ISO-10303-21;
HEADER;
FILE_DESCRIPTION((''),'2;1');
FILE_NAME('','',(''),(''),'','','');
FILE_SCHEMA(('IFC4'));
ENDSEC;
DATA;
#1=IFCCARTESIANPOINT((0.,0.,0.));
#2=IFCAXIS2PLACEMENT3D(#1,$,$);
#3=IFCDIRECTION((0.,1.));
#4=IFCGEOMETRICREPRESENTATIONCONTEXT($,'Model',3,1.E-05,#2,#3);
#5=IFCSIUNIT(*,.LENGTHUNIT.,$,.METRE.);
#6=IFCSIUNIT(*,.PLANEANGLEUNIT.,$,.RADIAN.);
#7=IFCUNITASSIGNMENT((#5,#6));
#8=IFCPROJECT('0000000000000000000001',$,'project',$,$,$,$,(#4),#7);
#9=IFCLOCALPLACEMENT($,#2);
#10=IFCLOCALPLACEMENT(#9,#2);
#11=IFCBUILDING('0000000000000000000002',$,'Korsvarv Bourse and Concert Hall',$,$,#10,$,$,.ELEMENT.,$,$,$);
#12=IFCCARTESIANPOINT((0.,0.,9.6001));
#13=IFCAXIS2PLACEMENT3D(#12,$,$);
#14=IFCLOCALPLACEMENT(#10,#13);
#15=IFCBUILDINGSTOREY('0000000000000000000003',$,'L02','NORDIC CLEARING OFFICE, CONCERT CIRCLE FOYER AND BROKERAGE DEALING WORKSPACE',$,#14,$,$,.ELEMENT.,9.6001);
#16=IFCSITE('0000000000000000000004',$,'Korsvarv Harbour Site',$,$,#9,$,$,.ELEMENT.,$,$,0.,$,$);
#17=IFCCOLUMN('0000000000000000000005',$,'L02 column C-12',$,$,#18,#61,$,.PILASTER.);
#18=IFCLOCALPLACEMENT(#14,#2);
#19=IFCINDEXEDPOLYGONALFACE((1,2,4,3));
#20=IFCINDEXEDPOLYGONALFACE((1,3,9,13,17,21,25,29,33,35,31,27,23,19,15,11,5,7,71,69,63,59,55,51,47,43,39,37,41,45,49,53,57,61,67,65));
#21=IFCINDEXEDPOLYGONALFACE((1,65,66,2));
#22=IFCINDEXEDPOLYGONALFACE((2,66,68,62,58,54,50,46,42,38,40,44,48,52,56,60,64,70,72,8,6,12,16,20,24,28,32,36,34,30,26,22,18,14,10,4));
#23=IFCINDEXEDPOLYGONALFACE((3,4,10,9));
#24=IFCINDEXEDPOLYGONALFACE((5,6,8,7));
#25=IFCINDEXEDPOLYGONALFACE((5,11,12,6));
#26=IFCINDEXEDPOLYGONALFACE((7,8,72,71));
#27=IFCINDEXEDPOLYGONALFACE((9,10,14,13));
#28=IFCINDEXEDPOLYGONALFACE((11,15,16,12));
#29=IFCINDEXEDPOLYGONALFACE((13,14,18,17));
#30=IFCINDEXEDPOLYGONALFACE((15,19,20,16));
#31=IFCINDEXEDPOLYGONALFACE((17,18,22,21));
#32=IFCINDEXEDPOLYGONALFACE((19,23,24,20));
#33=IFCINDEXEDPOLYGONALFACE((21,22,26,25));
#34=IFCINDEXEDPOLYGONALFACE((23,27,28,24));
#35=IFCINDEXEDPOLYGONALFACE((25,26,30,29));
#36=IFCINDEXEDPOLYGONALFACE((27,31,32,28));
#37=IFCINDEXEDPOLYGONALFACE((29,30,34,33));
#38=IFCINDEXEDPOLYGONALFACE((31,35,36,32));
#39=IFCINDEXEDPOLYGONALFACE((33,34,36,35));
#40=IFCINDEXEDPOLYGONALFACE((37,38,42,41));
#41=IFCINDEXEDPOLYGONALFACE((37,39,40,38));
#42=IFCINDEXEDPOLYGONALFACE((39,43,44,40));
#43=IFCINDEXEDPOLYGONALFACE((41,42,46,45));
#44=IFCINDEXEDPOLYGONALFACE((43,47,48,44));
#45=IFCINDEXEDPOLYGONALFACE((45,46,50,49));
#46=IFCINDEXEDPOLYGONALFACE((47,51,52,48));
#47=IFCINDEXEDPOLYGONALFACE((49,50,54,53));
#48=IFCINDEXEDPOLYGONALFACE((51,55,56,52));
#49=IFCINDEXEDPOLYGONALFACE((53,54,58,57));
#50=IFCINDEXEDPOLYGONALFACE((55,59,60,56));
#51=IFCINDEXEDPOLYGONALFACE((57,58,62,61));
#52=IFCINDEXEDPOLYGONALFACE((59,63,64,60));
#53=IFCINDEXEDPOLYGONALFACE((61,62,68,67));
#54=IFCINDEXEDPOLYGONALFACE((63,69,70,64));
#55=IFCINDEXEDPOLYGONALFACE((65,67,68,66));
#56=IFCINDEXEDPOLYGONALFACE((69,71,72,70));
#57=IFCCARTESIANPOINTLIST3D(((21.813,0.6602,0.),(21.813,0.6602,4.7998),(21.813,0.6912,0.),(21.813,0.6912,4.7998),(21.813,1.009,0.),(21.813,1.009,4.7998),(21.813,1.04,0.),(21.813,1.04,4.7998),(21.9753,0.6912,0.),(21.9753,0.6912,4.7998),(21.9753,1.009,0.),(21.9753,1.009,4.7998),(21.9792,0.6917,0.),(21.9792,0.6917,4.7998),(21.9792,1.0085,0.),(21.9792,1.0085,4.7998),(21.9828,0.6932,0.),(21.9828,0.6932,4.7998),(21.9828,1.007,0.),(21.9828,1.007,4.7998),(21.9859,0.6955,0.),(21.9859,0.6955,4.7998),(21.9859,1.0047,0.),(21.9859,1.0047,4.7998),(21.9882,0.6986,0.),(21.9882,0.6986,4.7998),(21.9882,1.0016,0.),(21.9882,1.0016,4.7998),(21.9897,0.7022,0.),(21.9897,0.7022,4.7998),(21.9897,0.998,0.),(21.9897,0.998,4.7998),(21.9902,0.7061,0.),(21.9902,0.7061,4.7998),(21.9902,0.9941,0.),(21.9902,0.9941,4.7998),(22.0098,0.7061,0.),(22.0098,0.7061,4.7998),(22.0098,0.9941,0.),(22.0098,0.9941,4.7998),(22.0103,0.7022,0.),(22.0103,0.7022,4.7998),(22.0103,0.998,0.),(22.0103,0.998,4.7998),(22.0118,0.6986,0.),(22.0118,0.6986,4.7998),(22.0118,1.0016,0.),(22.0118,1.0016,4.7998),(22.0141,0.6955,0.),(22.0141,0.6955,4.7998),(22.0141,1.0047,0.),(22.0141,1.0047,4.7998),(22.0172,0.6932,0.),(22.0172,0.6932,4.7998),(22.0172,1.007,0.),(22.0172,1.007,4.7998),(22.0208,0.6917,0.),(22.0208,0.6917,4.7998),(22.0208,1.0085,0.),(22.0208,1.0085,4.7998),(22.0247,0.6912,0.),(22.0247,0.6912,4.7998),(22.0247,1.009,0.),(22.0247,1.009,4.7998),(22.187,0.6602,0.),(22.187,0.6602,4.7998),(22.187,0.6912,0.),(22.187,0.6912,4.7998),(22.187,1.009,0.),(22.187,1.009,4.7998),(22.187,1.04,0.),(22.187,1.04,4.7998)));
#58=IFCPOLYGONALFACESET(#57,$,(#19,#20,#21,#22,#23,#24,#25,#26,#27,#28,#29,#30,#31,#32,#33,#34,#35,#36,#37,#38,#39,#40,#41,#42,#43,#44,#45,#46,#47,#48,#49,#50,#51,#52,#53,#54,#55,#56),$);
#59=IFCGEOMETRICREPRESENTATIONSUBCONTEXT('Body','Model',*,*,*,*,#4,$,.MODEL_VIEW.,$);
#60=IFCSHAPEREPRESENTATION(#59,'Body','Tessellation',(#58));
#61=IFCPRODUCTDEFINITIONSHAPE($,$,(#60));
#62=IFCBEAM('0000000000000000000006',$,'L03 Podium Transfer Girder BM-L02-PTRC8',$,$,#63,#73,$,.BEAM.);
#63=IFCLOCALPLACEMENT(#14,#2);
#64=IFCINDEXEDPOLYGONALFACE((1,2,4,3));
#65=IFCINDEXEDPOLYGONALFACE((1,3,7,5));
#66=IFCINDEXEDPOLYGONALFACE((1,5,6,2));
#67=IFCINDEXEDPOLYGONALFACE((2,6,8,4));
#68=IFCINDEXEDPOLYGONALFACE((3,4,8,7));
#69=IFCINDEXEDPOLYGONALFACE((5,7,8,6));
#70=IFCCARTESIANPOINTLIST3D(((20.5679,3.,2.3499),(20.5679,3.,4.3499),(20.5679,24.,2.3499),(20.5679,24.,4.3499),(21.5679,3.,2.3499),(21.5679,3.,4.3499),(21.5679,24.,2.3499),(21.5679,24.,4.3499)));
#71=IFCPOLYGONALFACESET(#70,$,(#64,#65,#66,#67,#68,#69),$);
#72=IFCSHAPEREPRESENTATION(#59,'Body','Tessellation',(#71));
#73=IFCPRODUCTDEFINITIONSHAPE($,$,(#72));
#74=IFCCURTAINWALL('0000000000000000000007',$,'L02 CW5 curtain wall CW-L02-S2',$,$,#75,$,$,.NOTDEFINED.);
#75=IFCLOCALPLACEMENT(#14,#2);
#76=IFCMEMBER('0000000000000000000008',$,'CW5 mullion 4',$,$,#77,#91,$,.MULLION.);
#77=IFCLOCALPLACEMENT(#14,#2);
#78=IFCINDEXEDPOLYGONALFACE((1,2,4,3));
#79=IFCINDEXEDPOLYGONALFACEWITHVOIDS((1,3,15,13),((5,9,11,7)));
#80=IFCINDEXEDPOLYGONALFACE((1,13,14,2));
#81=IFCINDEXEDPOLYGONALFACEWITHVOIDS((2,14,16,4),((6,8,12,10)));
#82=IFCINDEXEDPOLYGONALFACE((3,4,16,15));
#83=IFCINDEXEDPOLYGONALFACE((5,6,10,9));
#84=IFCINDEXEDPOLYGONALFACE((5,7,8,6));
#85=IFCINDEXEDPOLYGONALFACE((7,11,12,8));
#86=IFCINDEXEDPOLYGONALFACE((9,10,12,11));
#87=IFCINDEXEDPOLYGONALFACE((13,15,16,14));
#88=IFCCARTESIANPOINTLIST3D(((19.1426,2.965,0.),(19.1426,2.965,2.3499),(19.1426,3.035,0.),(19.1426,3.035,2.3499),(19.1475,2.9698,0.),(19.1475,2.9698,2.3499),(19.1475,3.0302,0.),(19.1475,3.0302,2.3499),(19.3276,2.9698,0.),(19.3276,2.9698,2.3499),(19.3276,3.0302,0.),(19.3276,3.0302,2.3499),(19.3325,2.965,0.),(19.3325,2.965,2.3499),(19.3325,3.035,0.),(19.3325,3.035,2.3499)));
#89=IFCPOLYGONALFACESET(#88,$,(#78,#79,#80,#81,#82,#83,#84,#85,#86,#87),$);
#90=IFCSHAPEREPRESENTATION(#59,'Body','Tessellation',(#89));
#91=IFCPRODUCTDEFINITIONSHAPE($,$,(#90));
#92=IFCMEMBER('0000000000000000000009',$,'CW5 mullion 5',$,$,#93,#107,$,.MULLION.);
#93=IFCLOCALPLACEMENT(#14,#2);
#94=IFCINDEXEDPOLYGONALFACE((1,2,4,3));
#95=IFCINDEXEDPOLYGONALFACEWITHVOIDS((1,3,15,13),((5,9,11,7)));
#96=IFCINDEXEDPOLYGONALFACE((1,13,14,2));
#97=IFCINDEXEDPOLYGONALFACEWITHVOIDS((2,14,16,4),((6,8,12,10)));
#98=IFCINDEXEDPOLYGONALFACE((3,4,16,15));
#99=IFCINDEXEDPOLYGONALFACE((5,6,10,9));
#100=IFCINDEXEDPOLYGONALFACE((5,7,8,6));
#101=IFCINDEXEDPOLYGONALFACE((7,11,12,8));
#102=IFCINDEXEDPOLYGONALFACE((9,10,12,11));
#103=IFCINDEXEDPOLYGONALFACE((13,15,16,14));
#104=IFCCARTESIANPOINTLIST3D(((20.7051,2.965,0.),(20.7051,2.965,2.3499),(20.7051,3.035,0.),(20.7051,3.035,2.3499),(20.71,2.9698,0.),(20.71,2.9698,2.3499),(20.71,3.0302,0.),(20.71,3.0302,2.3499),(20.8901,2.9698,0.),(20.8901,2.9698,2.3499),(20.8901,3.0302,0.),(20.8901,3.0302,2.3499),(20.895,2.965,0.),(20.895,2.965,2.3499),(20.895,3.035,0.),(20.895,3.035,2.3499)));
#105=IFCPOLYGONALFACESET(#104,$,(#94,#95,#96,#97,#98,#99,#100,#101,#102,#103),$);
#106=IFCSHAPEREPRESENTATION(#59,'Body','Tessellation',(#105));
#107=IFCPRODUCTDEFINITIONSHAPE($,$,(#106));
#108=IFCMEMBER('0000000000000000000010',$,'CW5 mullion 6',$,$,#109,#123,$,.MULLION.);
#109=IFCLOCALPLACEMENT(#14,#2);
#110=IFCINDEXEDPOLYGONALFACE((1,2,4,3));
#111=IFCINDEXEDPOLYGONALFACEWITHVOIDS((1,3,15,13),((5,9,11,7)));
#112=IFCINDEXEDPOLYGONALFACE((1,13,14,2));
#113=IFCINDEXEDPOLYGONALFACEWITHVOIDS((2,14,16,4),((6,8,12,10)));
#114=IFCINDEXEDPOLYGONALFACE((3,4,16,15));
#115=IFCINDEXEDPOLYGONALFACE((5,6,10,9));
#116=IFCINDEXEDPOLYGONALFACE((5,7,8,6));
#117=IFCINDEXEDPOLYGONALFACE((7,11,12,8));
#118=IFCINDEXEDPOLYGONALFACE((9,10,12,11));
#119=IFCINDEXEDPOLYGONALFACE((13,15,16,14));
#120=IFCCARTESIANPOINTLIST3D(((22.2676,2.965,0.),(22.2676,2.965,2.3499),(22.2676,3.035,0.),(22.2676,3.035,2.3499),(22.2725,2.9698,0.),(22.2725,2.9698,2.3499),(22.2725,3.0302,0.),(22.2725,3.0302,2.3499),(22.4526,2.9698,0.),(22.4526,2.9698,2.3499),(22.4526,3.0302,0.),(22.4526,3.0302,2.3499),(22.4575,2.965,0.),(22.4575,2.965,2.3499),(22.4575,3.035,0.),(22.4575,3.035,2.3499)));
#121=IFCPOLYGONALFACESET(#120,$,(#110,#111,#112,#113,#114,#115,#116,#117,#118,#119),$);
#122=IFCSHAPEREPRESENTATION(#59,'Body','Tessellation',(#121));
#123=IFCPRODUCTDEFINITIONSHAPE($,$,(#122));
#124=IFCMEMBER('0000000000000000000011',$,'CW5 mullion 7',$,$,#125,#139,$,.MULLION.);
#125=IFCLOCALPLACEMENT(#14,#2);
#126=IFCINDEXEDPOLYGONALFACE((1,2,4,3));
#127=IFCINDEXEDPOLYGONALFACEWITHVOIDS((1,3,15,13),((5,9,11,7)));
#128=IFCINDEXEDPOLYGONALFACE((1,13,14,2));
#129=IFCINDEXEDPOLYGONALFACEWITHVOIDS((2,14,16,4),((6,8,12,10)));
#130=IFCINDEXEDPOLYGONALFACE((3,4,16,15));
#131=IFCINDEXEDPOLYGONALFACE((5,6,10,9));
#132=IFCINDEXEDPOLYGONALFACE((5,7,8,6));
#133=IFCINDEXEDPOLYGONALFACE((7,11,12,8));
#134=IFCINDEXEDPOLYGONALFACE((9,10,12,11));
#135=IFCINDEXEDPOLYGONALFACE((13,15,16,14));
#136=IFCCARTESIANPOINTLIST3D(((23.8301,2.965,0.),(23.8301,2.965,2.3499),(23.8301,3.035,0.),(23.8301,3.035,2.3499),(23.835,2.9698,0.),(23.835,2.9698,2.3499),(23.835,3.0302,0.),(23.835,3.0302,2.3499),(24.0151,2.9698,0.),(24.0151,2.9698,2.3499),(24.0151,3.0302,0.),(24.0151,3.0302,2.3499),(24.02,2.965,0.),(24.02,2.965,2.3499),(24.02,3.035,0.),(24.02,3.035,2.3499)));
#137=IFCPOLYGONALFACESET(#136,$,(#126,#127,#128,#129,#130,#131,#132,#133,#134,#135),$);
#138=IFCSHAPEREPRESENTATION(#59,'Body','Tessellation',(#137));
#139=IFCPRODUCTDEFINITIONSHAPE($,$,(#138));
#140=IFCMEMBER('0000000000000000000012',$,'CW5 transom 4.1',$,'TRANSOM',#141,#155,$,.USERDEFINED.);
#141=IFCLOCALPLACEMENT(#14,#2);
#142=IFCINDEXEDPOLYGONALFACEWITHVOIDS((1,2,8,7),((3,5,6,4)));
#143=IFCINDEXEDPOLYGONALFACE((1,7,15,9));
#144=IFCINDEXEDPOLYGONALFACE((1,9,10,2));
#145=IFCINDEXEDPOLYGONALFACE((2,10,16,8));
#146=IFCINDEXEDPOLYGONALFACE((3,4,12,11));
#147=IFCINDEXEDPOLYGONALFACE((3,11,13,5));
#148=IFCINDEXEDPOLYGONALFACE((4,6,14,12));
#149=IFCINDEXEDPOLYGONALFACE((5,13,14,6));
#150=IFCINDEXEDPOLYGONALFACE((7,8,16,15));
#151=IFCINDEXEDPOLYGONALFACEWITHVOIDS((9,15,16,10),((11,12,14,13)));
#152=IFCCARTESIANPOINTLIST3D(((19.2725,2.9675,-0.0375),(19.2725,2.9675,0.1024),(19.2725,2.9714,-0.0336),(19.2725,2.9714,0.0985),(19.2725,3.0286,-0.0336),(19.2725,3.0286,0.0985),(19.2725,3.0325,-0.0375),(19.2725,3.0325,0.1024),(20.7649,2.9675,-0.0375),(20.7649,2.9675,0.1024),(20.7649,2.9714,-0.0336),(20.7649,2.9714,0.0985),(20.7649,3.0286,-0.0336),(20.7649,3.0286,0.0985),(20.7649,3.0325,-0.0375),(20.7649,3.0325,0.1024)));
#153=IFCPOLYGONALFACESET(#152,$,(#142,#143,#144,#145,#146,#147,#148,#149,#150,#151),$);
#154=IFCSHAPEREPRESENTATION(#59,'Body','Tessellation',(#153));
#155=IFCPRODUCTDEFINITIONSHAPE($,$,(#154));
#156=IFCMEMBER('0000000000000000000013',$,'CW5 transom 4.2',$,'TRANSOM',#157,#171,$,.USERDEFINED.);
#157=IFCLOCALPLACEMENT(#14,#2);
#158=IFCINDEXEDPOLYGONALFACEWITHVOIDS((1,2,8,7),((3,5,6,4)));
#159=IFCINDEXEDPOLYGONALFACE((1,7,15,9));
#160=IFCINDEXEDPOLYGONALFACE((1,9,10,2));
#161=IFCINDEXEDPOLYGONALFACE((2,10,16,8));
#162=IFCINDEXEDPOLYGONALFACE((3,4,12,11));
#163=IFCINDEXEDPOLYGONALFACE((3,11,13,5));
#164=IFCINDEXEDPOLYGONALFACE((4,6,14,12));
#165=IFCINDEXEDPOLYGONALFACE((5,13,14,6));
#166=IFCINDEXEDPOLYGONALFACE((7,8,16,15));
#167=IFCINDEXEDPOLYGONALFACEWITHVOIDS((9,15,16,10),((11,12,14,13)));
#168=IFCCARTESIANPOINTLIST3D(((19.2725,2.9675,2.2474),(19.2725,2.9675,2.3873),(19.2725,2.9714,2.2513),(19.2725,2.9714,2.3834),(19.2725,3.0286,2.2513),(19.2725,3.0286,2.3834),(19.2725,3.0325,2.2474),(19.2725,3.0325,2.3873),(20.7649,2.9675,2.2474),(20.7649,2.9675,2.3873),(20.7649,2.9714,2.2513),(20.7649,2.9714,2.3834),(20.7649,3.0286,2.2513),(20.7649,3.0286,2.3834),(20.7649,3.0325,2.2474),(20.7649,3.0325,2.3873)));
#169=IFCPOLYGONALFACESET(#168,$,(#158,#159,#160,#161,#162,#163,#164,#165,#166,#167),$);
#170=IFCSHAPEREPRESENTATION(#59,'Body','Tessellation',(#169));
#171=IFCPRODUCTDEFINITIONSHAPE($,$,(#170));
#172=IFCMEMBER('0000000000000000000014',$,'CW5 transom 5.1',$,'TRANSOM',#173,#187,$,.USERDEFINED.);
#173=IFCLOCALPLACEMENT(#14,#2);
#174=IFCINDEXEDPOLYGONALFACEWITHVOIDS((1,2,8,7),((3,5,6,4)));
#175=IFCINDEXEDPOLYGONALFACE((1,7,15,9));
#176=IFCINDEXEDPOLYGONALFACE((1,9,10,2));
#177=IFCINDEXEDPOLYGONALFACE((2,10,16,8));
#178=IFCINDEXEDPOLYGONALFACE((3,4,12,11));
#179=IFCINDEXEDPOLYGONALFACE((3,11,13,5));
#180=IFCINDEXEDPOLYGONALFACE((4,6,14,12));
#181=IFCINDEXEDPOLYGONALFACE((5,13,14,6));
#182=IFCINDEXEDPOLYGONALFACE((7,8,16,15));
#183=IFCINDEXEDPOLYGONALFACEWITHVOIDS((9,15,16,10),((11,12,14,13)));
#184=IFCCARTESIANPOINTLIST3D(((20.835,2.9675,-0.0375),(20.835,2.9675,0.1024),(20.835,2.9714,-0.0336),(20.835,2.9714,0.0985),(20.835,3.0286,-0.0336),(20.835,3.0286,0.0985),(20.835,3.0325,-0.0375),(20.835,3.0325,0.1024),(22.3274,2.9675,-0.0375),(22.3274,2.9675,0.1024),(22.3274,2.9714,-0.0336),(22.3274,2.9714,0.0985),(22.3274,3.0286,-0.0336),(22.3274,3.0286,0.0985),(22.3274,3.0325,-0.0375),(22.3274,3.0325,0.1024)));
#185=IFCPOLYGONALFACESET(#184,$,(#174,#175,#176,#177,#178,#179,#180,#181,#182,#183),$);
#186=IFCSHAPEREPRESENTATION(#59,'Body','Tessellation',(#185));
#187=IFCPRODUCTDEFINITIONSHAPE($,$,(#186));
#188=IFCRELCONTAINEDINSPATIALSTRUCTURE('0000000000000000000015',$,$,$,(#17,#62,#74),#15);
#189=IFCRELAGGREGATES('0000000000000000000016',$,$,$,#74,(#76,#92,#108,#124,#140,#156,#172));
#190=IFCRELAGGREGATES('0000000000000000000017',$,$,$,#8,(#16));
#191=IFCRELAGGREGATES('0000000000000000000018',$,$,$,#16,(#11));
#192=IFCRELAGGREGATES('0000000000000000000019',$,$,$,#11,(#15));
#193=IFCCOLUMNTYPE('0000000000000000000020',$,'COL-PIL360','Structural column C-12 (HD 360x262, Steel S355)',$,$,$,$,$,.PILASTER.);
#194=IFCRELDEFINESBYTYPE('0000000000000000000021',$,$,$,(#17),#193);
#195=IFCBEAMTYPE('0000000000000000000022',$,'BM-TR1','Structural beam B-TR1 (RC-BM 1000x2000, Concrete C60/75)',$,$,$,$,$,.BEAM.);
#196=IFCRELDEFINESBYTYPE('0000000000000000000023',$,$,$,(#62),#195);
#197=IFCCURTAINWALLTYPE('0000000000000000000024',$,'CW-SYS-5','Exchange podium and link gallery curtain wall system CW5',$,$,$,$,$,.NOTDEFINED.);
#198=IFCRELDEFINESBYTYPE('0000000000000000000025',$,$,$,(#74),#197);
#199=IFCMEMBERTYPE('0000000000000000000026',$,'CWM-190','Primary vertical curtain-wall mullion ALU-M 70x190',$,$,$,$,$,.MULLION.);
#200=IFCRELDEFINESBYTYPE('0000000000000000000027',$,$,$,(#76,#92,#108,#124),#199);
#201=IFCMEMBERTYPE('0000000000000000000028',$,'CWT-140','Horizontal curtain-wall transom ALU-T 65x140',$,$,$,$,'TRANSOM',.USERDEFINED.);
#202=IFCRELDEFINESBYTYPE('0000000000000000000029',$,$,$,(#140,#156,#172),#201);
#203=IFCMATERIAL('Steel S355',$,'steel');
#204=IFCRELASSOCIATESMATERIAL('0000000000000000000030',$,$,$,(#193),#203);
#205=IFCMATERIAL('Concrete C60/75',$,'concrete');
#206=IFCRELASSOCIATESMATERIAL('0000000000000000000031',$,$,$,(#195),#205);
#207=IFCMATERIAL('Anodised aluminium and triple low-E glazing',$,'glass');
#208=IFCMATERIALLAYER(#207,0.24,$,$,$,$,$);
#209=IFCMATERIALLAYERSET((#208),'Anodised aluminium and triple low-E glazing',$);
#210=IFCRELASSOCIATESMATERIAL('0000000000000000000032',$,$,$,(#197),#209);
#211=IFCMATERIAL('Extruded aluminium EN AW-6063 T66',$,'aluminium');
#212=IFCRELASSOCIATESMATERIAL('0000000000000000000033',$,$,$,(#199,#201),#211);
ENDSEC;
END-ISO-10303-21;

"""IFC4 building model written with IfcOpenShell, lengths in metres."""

from ifc_helpers import new_model, si_unit, direction, frame, origin, origin_2d, place, context, subcontext, project, spatial, rectangle, hollow_rectangle, i_section, extrude, source, transform, mapped, material, layer, layer_set, material_profile, profile_set, type_object, element, aggregate, save


model = new_model("IFC4")

# Units and contexts
model_context = context("Model", 3, precision=1e-05, world=origin(), true_north=direction((0.0, 1.0)))
body_context = subcontext(model_context, "Body", "Model", "MODEL_VIEW")
ifc_project = project(units=[si_unit("LENGTHUNIT", "METRE"), si_unit("PLANEANGLEUNIT", "RADIAN")], contexts=[model_context])

# Site, building, storey
site_placement = place(None, origin())
site = spatial("IfcSite", under=ifc_project, at=site_placement, Name="Korsvarv Harbour Site", CompositionType="ELEMENT", RefElevation=0.0)
building_placement = place(site_placement, origin())
building = spatial("IfcBuilding", under=site, at=building_placement, Name="Korsvarv Bourse and Concert Hall", CompositionType="ELEMENT")
storey_placement = place(building_placement, frame((0.0, 0.0, 9.6001)))
storey = spatial("IfcBuildingStorey", under=building, at=storey_placement, Name="L02", Description="NORDIC CLEARING OFFICE, CONCERT CIRCLE FOYER AND BROKERAGE DEALING WORKSPACE", CompositionType="ELEMENT", Elevation=9.6001)

# Column
ifc_material_1 = material(Name="Steel S355", Category="steel")
ifc_material_profile_1 = material_profile(ifc_material_1, i_section(OverallWidth=0.374, OverallDepth=0.3799, WebThickness=0.0195, FlangeThickness=0.031, FilletRadius=0.0149, at=origin_2d()), Name="HD 360x262")
ifc_profile_set_1 = profile_set([ifc_material_profile_1], Name="Steel S355")
column_type = type_object("IfcColumnType", Name="COL-PIL360", Description="Structural column C-12 (HD 360x262, Steel S355)", PredefinedType="PILASTER", material=ifc_profile_set_1)
shared_shape_1 = source(origin(), body_context, "Body", "SweptSolid", [
    extrude(i_section(OverallWidth=0.374, OverallDepth=0.3799, WebThickness=0.0195, FlangeThickness=0.031, FilletRadius=0.0149, at=origin_2d()), origin(), (0.0, 0.0, 1.0), 4.7998),
])
column_placement = place(storey_placement, frame((22.0, 0.8501, 0.0), z_axis=(0.0, 0.0, 1.0), x_axis=(1.0, 0.0, 0.0)))
element("IfcColumn", 1, at=column_placement, inside=storey, type_object=column_type, Name="L02 column C-12", PredefinedType="PILASTER", context=body_context, shape_type="MappedRepresentation", body=[
    mapped(shared_shape_1, transform((0.0, 0.0, 0.0), scale=1.0)),
])

# Beam
ifc_material_2 = material(Name="Concrete C60/75", Category="concrete")
ifc_material_profile_2 = material_profile(ifc_material_2, rectangle(XDim=1.0, YDim=2.0, at=origin_2d()), Name="RC-BM 1000x2000")
ifc_profile_set_2 = profile_set([ifc_material_profile_2], Name="Concrete C60/75")
beam_type = type_object("IfcBeamType", Name="BM-TR1", Description="Structural beam B-TR1 (RC-BM 1000x2000, Concrete C60/75)", PredefinedType="BEAM", material=ifc_profile_set_2)
shared_shape_2 = source(origin(), body_context, "Body", "SweptSolid", [
    extrude(rectangle(XDim=1.0, YDim=2.0, at=origin_2d()), origin(), (0.0, 0.0, 1.0), 21.0),
])
beam_placement = place(storey_placement, frame((21.0679, 3.0, 3.3499), z_axis=(0.0, 1.0, 0.0), x_axis=(-1.0, 0.0, 0.0)))
element("IfcBeam", 2, at=beam_placement, inside=storey, type_object=beam_type, Name="L03 Podium Transfer Girder BM-L02-PTRC8", PredefinedType="BEAM", context=body_context, shape_type="MappedRepresentation", body=[
    mapped(shared_shape_2, transform((0.0, 0.0, 0.0), scale=1.0)),
])

# Curtain wall, members
ifc_material_3 = material(Name="Anodised aluminium and triple low-E glazing", Category="glass")
ifc_layer_1 = layer(ifc_material_3, 0.24)
ifc_layer_set_1 = layer_set([ifc_layer_1], Name="Anodised aluminium and triple low-E glazing")
curtain_wall_type = type_object("IfcCurtainWallType", Name="CW-SYS-5", Description="Exchange podium and link gallery curtain wall system CW5", PredefinedType="NOTDEFINED", material=ifc_layer_set_1)
curtain_wall_placement = place(storey_placement, origin())
curtain_wall = element("IfcCurtainWall", 3, at=curtain_wall_placement, inside=storey, type_object=curtain_wall_type, Name="L02 CW5 curtain wall CW-L02-S2", PredefinedType="NOTDEFINED")
ifc_material_4 = material(Name="Extruded aluminium EN AW-6063 T66", Category="aluminium")
ifc_material_profile_3 = material_profile(ifc_material_4, hollow_rectangle(XDim=0.0701, YDim=0.1899, WallThickness=0.0049, at=origin_2d()), Name="ALU-M 70x190")
ifc_profile_set_3 = profile_set([ifc_material_profile_3], Name="Extruded aluminium EN AW-6063 T66")
member_type_1 = type_object("IfcMemberType", Name="CWM-190", Description="Primary vertical curtain-wall mullion ALU-M 70x190", PredefinedType="MULLION", material=ifc_profile_set_3)
shared_shape_3 = source(origin(), body_context, "Body", "SweptSolid", [
    extrude(hollow_rectangle(XDim=0.0701, YDim=0.1899, WallThickness=0.0049, at=origin_2d()), origin(), (0.0, 0.0, 1.0), 2.3499),
])
member_1_placement = place(storey_placement, frame((19.2375, 3.0, 0.0), z_axis=(0.0, 0.0, 1.0), x_axis=(0.0, 1.0, 0.0)))
member_1 = element("IfcMember", 4, at=member_1_placement, type_object=member_type_1, Name="CW5 mullion 4", PredefinedType="MULLION", context=body_context, shape_type="MappedRepresentation", body=[
    mapped(shared_shape_3, transform((0.0, 0.0, 0.0), scale=1.0)),
])
member_2_placement = place(storey_placement, frame((20.8, 3.0, 0.0), z_axis=(0.0, 0.0, 1.0), x_axis=(0.0, 1.0, 0.0)))
member_2 = element("IfcMember", 5, at=member_2_placement, type_object=member_type_1, Name="CW5 mullion 5", PredefinedType="MULLION", context=body_context, shape_type="MappedRepresentation", body=[
    mapped(shared_shape_3, transform((0.0, 0.0, 0.0), scale=1.0)),
])
member_3_placement = place(storey_placement, frame((22.3625, 3.0, 0.0), z_axis=(0.0, 0.0, 1.0), x_axis=(0.0, 1.0, 0.0)))
member_3 = element("IfcMember", 6, at=member_3_placement, type_object=member_type_1, Name="CW5 mullion 6", PredefinedType="MULLION", context=body_context, shape_type="MappedRepresentation", body=[
    mapped(shared_shape_3, transform((0.0, 0.0, 0.0), scale=1.0)),
])
member_4_placement = place(storey_placement, frame((23.925, 3.0, 0.0), z_axis=(0.0, 0.0, 1.0), x_axis=(0.0, 1.0, 0.0)))
member_4 = element("IfcMember", 7, at=member_4_placement, type_object=member_type_1, Name="CW5 mullion 7", PredefinedType="MULLION", context=body_context, shape_type="MappedRepresentation", body=[
    mapped(shared_shape_3, transform((0.0, 0.0, 0.0), scale=1.0)),
])
ifc_material_profile_4 = material_profile(ifc_material_4, hollow_rectangle(XDim=0.0649, YDim=0.1399, WallThickness=0.0039, at=origin_2d()), Name="ALU-T 65x140")
ifc_profile_set_4 = profile_set([ifc_material_profile_4], Name="Extruded aluminium EN AW-6063 T66")
member_type_2 = type_object("IfcMemberType", Name="CWT-140", Description="Horizontal curtain-wall transom ALU-T 65x140", ElementType="TRANSOM", PredefinedType="USERDEFINED", material=ifc_profile_set_4)
shared_shape_4 = source(origin(), body_context, "Body", "SweptSolid", [
    extrude(hollow_rectangle(XDim=0.0649, YDim=0.1399, WallThickness=0.0039, at=origin_2d()), origin(), (0.0, 0.0, 1.0), 1.4924),
])
member_5_placement = place(storey_placement, frame((19.2725, 3.0, 0.0325), z_axis=(1.0, 0.0, 0.0), x_axis=(0.0, 1.0, 0.0)))
member_5 = element("IfcMember", 8, at=member_5_placement, type_object=member_type_2, Name="CW5 transom 4.1", ObjectType="TRANSOM", PredefinedType="USERDEFINED", context=body_context, shape_type="MappedRepresentation", body=[
    mapped(shared_shape_4, transform((0.0, 0.0, 0.0), scale=1.0)),
])
member_6_placement = place(storey_placement, frame((19.2725, 3.0, 2.3174), z_axis=(1.0, 0.0, 0.0), x_axis=(0.0, 1.0, 0.0)))
member_6 = element("IfcMember", 9, at=member_6_placement, type_object=member_type_2, Name="CW5 transom 4.2", ObjectType="TRANSOM", PredefinedType="USERDEFINED", context=body_context, shape_type="MappedRepresentation", body=[
    mapped(shared_shape_4, transform((0.0, 0.0, 0.0), scale=1.0)),
])
member_7_placement = place(storey_placement, frame((20.835, 3.0, 0.0325), z_axis=(1.0, 0.0, 0.0), x_axis=(0.0, 1.0, 0.0)))
member_7 = element("IfcMember", 10, at=member_7_placement, type_object=member_type_2, Name="CW5 transom 5.1", ObjectType="TRANSOM", PredefinedType="USERDEFINED", context=body_context, shape_type="MappedRepresentation", body=[
    mapped(shared_shape_4, transform((0.0, 0.0, 0.0), scale=1.0)),
])

aggregate(curtain_wall, [member_1, member_2, member_3, member_4, member_5, member_6, member_7])

save(model, "model.ifc")
